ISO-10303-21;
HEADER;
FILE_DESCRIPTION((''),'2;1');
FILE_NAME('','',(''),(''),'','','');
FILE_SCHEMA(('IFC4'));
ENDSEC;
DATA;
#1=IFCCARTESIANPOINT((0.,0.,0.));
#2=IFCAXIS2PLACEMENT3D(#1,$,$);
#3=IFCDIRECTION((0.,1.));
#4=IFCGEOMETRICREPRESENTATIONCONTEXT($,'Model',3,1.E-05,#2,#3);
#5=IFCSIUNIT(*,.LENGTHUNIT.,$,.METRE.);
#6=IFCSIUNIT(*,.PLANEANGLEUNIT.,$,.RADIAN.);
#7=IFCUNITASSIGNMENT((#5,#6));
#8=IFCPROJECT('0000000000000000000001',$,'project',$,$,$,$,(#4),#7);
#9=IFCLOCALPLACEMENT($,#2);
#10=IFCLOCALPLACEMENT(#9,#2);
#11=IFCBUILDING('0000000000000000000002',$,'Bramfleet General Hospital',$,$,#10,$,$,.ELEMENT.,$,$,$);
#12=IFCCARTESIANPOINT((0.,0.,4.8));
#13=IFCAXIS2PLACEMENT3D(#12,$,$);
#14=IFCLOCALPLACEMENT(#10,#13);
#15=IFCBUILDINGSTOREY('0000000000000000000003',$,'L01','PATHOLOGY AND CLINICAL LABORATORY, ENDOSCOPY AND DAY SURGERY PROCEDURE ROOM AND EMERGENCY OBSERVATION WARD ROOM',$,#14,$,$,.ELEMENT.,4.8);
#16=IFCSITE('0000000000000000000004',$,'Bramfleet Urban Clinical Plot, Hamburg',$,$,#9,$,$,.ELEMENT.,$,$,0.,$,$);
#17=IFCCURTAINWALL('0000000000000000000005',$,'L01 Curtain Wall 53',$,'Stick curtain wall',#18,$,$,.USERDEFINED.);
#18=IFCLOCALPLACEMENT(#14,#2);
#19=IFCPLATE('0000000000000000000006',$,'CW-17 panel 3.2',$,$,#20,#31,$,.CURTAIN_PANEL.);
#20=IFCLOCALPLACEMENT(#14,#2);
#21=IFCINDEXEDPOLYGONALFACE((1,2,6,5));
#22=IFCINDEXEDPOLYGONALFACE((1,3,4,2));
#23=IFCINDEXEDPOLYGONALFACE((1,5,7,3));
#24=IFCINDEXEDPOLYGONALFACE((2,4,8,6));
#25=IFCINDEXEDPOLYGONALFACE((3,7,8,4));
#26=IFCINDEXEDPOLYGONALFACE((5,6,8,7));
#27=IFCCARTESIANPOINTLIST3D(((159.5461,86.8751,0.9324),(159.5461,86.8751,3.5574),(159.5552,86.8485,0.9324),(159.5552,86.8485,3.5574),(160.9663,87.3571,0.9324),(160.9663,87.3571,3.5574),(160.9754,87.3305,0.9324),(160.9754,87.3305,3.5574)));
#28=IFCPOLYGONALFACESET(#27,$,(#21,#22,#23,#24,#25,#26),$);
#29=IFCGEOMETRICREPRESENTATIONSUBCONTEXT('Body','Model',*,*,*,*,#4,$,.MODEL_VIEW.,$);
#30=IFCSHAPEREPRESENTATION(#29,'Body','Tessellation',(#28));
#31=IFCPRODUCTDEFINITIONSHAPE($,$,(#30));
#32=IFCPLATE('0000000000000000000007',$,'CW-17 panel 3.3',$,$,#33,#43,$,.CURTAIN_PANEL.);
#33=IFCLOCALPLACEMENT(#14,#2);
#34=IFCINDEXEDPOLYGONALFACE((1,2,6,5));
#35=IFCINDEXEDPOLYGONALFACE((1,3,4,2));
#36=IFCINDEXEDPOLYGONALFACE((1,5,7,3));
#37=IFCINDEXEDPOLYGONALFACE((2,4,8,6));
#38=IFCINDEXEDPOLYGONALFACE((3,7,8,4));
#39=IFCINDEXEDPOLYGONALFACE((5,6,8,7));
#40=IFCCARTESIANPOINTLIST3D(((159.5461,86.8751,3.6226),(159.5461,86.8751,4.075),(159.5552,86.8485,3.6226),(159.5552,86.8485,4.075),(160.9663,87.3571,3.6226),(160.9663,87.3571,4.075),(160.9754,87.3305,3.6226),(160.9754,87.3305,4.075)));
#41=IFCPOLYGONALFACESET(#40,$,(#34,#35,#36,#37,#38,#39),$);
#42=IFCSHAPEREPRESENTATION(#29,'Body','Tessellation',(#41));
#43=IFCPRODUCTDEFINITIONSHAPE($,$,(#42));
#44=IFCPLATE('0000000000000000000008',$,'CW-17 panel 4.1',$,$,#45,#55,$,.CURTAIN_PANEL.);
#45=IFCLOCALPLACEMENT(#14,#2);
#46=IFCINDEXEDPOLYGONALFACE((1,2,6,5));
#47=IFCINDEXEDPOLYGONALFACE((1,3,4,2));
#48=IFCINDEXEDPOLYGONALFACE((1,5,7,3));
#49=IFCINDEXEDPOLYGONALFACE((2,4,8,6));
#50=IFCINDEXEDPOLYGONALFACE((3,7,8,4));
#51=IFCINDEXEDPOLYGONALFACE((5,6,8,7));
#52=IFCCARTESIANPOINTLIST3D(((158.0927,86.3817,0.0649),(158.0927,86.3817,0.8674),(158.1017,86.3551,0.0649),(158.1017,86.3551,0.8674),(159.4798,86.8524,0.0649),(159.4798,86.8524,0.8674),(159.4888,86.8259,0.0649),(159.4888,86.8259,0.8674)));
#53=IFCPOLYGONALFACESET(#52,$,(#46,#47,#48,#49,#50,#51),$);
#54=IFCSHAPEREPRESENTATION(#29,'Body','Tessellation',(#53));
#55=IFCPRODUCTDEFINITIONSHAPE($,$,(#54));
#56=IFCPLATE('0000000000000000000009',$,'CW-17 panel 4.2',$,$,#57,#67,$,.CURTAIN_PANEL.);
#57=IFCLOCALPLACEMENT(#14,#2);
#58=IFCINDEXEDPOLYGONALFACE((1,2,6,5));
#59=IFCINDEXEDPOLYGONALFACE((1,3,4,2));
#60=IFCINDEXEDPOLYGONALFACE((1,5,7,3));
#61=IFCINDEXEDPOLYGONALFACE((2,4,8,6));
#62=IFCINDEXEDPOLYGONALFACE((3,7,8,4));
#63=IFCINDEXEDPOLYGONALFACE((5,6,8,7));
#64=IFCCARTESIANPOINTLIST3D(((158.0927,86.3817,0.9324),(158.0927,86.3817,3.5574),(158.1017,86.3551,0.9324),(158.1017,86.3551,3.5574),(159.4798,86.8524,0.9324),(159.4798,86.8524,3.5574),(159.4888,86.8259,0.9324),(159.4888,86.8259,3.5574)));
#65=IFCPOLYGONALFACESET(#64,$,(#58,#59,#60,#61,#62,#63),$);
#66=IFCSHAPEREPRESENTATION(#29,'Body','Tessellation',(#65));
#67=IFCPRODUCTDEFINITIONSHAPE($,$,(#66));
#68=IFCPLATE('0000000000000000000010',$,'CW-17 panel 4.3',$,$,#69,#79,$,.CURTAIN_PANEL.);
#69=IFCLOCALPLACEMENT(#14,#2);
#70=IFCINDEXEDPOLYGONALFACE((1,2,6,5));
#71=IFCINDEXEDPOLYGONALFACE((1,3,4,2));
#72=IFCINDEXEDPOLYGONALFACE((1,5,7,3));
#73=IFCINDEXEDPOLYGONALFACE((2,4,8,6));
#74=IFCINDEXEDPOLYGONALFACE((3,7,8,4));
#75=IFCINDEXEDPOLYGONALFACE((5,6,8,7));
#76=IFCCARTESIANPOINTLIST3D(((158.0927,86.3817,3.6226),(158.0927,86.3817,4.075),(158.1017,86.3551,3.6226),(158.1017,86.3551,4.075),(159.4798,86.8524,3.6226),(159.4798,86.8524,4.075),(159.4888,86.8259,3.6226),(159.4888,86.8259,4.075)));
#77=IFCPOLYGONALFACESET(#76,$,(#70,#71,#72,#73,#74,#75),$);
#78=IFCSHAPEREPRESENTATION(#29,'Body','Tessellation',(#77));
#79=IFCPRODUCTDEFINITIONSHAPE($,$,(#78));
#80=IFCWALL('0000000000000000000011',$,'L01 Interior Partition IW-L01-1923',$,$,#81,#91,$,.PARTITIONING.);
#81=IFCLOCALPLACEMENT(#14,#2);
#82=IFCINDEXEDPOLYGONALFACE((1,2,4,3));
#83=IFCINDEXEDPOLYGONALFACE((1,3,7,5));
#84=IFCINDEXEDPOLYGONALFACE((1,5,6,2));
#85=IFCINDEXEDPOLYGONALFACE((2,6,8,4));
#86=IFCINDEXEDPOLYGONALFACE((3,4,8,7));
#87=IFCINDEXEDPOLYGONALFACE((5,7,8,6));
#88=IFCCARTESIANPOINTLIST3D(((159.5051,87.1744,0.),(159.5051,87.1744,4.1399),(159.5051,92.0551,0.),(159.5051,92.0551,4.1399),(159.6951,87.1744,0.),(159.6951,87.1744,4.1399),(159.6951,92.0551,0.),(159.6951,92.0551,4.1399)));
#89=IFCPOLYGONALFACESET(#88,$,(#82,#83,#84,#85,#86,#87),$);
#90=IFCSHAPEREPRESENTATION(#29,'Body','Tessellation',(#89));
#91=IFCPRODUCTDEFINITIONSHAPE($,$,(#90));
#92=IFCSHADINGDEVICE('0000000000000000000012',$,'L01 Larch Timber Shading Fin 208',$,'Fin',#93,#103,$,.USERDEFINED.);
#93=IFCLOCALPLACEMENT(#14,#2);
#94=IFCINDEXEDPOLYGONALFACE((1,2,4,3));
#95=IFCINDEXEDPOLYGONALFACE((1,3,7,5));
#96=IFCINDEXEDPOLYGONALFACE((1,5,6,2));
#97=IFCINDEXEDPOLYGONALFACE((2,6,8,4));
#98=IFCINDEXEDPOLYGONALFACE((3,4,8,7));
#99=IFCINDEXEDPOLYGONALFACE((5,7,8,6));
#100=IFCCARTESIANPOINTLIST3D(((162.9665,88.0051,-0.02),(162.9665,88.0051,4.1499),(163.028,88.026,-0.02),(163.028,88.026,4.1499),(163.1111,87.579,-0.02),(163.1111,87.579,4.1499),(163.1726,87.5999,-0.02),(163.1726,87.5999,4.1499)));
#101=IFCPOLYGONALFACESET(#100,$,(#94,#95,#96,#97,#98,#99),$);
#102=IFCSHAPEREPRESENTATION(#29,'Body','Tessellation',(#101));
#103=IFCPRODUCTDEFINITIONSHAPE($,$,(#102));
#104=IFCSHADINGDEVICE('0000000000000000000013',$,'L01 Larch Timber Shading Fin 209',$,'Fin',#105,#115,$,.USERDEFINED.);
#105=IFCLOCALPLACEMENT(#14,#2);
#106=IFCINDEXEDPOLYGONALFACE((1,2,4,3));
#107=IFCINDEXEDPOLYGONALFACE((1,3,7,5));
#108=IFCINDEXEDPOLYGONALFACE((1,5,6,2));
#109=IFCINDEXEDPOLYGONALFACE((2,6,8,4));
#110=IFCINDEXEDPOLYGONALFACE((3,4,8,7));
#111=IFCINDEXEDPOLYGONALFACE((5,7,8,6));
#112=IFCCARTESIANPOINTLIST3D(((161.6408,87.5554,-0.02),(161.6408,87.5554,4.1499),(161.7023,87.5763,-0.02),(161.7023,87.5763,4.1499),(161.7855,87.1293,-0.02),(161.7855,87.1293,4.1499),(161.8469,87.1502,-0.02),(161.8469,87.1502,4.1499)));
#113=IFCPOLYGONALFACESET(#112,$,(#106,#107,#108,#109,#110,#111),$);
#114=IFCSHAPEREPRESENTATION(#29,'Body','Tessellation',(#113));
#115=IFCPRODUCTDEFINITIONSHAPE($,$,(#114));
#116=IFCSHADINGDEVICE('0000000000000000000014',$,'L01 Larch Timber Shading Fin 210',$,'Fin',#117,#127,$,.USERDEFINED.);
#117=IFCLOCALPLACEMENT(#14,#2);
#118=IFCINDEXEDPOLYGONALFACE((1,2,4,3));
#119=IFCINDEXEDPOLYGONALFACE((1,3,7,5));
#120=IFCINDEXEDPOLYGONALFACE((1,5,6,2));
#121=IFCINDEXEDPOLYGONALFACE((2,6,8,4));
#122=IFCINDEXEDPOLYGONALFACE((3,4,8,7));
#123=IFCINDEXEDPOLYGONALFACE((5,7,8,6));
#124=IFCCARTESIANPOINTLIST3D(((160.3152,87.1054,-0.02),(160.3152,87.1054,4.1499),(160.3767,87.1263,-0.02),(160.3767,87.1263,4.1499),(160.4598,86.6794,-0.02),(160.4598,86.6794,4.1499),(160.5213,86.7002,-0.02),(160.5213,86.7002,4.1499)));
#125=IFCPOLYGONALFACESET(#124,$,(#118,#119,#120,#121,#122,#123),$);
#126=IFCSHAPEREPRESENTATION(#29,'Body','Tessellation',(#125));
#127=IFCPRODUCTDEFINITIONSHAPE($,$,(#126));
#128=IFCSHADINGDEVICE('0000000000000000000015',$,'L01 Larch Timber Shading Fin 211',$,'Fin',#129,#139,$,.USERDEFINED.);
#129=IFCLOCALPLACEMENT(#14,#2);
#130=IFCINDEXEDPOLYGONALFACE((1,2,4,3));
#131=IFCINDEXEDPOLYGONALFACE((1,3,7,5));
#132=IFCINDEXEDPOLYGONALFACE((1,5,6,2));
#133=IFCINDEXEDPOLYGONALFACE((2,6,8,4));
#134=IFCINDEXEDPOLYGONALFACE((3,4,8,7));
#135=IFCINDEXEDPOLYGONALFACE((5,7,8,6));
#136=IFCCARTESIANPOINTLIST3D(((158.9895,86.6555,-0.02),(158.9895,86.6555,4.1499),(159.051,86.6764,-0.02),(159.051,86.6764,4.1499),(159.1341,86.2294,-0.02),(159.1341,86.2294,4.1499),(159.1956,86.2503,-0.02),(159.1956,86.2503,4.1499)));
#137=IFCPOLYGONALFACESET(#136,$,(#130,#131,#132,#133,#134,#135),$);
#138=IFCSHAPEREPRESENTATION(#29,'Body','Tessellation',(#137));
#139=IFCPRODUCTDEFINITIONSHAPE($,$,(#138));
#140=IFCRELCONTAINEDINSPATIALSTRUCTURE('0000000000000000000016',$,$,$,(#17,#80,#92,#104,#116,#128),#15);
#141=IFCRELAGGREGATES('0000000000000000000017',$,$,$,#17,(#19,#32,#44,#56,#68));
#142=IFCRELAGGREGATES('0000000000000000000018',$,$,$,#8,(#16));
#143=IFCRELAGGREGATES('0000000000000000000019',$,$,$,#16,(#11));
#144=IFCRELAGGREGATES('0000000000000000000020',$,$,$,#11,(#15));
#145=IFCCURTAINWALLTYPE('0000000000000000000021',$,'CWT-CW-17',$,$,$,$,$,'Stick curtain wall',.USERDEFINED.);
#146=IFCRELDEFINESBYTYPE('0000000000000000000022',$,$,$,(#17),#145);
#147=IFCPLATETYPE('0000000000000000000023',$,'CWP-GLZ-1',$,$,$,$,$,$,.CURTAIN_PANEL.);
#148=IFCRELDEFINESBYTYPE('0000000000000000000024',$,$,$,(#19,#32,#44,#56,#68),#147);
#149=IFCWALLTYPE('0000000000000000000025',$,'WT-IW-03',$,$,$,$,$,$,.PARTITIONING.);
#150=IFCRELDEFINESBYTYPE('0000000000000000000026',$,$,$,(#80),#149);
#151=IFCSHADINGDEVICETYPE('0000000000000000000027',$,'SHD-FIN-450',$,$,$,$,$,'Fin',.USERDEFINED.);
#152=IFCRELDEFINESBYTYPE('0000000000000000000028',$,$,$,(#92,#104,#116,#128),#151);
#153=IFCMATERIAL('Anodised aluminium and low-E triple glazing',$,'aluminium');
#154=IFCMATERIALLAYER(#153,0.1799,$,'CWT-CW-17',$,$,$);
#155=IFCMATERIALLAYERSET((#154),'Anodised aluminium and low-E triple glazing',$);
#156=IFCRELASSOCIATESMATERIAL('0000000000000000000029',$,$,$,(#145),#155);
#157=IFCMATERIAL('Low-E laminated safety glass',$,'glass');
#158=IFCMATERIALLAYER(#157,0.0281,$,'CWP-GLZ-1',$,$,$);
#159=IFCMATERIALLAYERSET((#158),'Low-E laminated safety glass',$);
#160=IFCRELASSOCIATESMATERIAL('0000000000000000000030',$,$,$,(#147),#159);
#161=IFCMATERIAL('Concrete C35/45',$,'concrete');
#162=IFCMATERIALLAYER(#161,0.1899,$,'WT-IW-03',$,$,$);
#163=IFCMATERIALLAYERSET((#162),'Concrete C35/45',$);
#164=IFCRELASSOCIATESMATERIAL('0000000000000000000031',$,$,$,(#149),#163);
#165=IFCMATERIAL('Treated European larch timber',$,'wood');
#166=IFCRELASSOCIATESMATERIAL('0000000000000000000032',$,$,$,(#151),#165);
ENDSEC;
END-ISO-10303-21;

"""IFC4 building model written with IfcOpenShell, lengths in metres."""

from ifc_helpers import new_model, si_unit, direction, frame, frame_2d, origin, origin_2d, place, context, subcontext, project, spatial, rectangle, extrude, material, layer, layer_set, material_profile, profile_set, type_object, element, aggregate, save


model = new_model("IFC4")

# Units and contexts
model_context = context("Model", 3, precision=1e-05, world=origin(), true_north=direction((0.0, 1.0)))
body_context = subcontext(model_context, "Body", "Model", "MODEL_VIEW")
ifc_project = project(units=[si_unit("LENGTHUNIT", "METRE"), si_unit("PLANEANGLEUNIT", "RADIAN")], contexts=[model_context])

# Site, building, storey
site_placement = place(None, origin())
site = spatial("IfcSite", under=ifc_project, at=site_placement, Name="Bramfleet Urban Clinical Plot, Hamburg", CompositionType="ELEMENT", RefElevation=0.0)
building_placement = place(site_placement, origin())
building = spatial("IfcBuilding", under=site, at=building_placement, Name="Bramfleet General Hospital", CompositionType="ELEMENT")
storey_placement = place(building_placement, frame((0.0, 0.0, 4.8)))
storey = spatial("IfcBuildingStorey", under=building, at=storey_placement, Name="L01", Description="PATHOLOGY AND CLINICAL LABORATORY, ENDOSCOPY AND DAY SURGERY PROCEDURE ROOM AND EMERGENCY OBSERVATION WARD ROOM", CompositionType="ELEMENT", Elevation=4.8)

# Curtain wall, plates
ifc_material_1 = material(Name="Anodised aluminium and low-E triple glazing", Category="aluminium")
ifc_layer_1 = layer(ifc_material_1, 0.1799, Name="CWT-CW-17")
ifc_layer_set_1 = layer_set([ifc_layer_1], Name="Anodised aluminium and low-E triple glazing")
curtain_wall_type = type_object("IfcCurtainWallType", Name="CWT-CW-17", ElementType="Stick curtain wall", PredefinedType="USERDEFINED", material=ifc_layer_set_1)
curtain_wall_placement = place(storey_placement, origin())
curtain_wall = element("IfcCurtainWall", 1, at=curtain_wall_placement, inside=storey, type_object=curtain_wall_type, Name="L01 Curtain Wall 53", ObjectType="Stick curtain wall", PredefinedType="USERDEFINED")
ifc_material_2 = material(Name="Low-E laminated safety glass", Category="glass")
ifc_layer_2 = layer(ifc_material_2, 0.0281, Name="CWP-GLZ-1")
ifc_layer_set_2 = layer_set([ifc_layer_2], Name="Low-E laminated safety glass")
plate_type = type_object("IfcPlateType", Name="CWP-GLZ-1", PredefinedType="CURTAIN_PANEL", material=ifc_layer_set_2)
plate_1_placement = place(storey_placement, frame((160.2607, 87.1028, 0.9324), z_axis=(0.0, 0.0, 1.0), x_axis=(-0.946949, -0.321383, 0.0)))
plate_1 = element("IfcPlate", 2, at=plate_1_placement, type_object=plate_type, Name="CW-17 panel 3.2", PredefinedType="CURTAIN_PANEL", context=body_context, shape_type="SweptSolid", body=[
    extrude(rectangle(XDim=1.4998, YDim=0.0281, at=origin_2d()), origin(), (0.0, 0.0, 1.0), 2.625),
])
plate_2_placement = place(storey_placement, frame((160.2607, 87.1028, 3.6226), z_axis=(0.0, 0.0, 1.0), x_axis=(-0.946949, -0.321383, 0.0)))
plate_2 = element("IfcPlate", 3, at=plate_2_placement, type_object=plate_type, Name="CW-17 panel 3.3", PredefinedType="CURTAIN_PANEL", context=body_context, shape_type="SweptSolid", body=[
    extrude(rectangle(XDim=1.4998, YDim=0.0281, at=origin_2d()), origin(), (0.0, 0.0, 1.0), 0.4524),
])
plate_3_placement = place(storey_placement, frame((158.7908, 86.6038, 0.0649), z_axis=(0.0, 0.0, 1.0), x_axis=(-0.946949, -0.321383, 0.0)))
plate_3 = element("IfcPlate", 4, at=plate_3_placement, type_object=plate_type, Name="CW-17 panel 4.1", PredefinedType="CURTAIN_PANEL", context=body_context, shape_type="SweptSolid", body=[
    extrude(rectangle(XDim=1.4648, YDim=0.0281, at=origin_2d()), origin(), (0.0, 0.0, 1.0), 0.8025),
])
plate_4_placement = place(storey_placement, frame((158.7908, 86.6038, 0.9324), z_axis=(0.0, 0.0, 1.0), x_axis=(-0.946949, -0.321383, 0.0)))
plate_4 = element("IfcPlate", 5, at=plate_4_placement, type_object=plate_type, Name="CW-17 panel 4.2", PredefinedType="CURTAIN_PANEL", context=body_context, shape_type="SweptSolid", body=[
    extrude(rectangle(XDim=1.4648, YDim=0.0281, at=origin_2d()), origin(), (0.0, 0.0, 1.0), 2.625),
])
plate_5_placement = place(storey_placement, frame((158.7908, 86.6038, 3.6226), z_axis=(0.0, 0.0, 1.0), x_axis=(-0.946949, -0.321383, 0.0)))
plate_5 = element("IfcPlate", 6, at=plate_5_placement, type_object=plate_type, Name="CW-17 panel 4.3", PredefinedType="CURTAIN_PANEL", context=body_context, shape_type="SweptSolid", body=[
    extrude(rectangle(XDim=1.4648, YDim=0.0281, at=origin_2d()), origin(), (0.0, 0.0, 1.0), 0.4524),
])
aggregate(curtain_wall, [plate_1, plate_2, plate_3, plate_4, plate_5])

# Wall
ifc_material_3 = material(Name="Concrete C35/45", Category="concrete")
ifc_layer_3 = layer(ifc_material_3, 0.1899, Name="WT-IW-03")
ifc_layer_set_3 = layer_set([ifc_layer_3], Name="Concrete C35/45")
wall_type = type_object("IfcWallType", Name="WT-IW-03", PredefinedType="PARTITIONING", material=ifc_layer_set_3)
wall_placement = place(storey_placement, frame((159.6001, 87.1743, 0.0), z_axis=(0.0, 0.0, 1.0), x_axis=(0.0, 1.0, 0.0)))
element("IfcWall", 7, at=wall_placement, inside=storey, type_object=wall_type, Name="L01 Interior Partition IW-L01-1923", PredefinedType="PARTITIONING", context=body_context, shape_type="SweptSolid", body=[
    extrude(rectangle(XDim=4.8806, YDim=0.1899, at=frame_2d((2.4404, 0.0))), origin(), (0.0, 0.0, 1.0), 4.1399),
])

# Shading devices
ifc_material_4 = material(Name="Treated European larch timber", Category="wood")
ifc_material_profile_1 = material_profile(ifc_material_4, rectangle(XDim=0.0649, YDim=0.45, at=origin_2d()), Name="LARCH FIN 450x65")
ifc_profile_set_1 = profile_set([ifc_material_profile_1], Name="Treated European larch timber")
shading_device_type = type_object("IfcShadingDeviceType", Name="SHD-FIN-450", ElementType="Fin", PredefinedType="USERDEFINED", material=ifc_profile_set_1)
for number, where, z_axis, x_axis, name in (
    (8, (163.0696, 87.8025, -0.02), (0.0, 0.0, 1.0), (-0.946949, -0.321383, 0.0), "L01 Larch Timber Shading Fin 208"),
    (9, (161.7439, 87.3528, -0.02), (0.0, 0.0, 1.0), (-0.946949, -0.321383, 0.0), "L01 Larch Timber Shading Fin 209"),
    (10, (160.4182, 86.9028, -0.02), (0.0, 0.0, 1.0), (-0.946949, -0.321383, 0.0), "L01 Larch Timber Shading Fin 210"),
    (11, (159.0925, 86.4529, -0.02), (0.0, 0.0, 1.0), (-0.946949, -0.321383, 0.0), "L01 Larch Timber Shading Fin 211"),
):
    element("IfcShadingDevice", number, at=place(storey_placement, frame(where, z_axis=z_axis, x_axis=x_axis)), inside=storey, type_object=shading_device_type, Name=name, ObjectType="Fin", PredefinedType="USERDEFINED", context=body_context, shape_type="SweptSolid", body=[
        extrude(rectangle(XDim=0.0649, YDim=0.45, at=origin_2d()), origin(), (0.0, 0.0, 1.0), 4.1699),
    ])

save(model, "model.ifc")
